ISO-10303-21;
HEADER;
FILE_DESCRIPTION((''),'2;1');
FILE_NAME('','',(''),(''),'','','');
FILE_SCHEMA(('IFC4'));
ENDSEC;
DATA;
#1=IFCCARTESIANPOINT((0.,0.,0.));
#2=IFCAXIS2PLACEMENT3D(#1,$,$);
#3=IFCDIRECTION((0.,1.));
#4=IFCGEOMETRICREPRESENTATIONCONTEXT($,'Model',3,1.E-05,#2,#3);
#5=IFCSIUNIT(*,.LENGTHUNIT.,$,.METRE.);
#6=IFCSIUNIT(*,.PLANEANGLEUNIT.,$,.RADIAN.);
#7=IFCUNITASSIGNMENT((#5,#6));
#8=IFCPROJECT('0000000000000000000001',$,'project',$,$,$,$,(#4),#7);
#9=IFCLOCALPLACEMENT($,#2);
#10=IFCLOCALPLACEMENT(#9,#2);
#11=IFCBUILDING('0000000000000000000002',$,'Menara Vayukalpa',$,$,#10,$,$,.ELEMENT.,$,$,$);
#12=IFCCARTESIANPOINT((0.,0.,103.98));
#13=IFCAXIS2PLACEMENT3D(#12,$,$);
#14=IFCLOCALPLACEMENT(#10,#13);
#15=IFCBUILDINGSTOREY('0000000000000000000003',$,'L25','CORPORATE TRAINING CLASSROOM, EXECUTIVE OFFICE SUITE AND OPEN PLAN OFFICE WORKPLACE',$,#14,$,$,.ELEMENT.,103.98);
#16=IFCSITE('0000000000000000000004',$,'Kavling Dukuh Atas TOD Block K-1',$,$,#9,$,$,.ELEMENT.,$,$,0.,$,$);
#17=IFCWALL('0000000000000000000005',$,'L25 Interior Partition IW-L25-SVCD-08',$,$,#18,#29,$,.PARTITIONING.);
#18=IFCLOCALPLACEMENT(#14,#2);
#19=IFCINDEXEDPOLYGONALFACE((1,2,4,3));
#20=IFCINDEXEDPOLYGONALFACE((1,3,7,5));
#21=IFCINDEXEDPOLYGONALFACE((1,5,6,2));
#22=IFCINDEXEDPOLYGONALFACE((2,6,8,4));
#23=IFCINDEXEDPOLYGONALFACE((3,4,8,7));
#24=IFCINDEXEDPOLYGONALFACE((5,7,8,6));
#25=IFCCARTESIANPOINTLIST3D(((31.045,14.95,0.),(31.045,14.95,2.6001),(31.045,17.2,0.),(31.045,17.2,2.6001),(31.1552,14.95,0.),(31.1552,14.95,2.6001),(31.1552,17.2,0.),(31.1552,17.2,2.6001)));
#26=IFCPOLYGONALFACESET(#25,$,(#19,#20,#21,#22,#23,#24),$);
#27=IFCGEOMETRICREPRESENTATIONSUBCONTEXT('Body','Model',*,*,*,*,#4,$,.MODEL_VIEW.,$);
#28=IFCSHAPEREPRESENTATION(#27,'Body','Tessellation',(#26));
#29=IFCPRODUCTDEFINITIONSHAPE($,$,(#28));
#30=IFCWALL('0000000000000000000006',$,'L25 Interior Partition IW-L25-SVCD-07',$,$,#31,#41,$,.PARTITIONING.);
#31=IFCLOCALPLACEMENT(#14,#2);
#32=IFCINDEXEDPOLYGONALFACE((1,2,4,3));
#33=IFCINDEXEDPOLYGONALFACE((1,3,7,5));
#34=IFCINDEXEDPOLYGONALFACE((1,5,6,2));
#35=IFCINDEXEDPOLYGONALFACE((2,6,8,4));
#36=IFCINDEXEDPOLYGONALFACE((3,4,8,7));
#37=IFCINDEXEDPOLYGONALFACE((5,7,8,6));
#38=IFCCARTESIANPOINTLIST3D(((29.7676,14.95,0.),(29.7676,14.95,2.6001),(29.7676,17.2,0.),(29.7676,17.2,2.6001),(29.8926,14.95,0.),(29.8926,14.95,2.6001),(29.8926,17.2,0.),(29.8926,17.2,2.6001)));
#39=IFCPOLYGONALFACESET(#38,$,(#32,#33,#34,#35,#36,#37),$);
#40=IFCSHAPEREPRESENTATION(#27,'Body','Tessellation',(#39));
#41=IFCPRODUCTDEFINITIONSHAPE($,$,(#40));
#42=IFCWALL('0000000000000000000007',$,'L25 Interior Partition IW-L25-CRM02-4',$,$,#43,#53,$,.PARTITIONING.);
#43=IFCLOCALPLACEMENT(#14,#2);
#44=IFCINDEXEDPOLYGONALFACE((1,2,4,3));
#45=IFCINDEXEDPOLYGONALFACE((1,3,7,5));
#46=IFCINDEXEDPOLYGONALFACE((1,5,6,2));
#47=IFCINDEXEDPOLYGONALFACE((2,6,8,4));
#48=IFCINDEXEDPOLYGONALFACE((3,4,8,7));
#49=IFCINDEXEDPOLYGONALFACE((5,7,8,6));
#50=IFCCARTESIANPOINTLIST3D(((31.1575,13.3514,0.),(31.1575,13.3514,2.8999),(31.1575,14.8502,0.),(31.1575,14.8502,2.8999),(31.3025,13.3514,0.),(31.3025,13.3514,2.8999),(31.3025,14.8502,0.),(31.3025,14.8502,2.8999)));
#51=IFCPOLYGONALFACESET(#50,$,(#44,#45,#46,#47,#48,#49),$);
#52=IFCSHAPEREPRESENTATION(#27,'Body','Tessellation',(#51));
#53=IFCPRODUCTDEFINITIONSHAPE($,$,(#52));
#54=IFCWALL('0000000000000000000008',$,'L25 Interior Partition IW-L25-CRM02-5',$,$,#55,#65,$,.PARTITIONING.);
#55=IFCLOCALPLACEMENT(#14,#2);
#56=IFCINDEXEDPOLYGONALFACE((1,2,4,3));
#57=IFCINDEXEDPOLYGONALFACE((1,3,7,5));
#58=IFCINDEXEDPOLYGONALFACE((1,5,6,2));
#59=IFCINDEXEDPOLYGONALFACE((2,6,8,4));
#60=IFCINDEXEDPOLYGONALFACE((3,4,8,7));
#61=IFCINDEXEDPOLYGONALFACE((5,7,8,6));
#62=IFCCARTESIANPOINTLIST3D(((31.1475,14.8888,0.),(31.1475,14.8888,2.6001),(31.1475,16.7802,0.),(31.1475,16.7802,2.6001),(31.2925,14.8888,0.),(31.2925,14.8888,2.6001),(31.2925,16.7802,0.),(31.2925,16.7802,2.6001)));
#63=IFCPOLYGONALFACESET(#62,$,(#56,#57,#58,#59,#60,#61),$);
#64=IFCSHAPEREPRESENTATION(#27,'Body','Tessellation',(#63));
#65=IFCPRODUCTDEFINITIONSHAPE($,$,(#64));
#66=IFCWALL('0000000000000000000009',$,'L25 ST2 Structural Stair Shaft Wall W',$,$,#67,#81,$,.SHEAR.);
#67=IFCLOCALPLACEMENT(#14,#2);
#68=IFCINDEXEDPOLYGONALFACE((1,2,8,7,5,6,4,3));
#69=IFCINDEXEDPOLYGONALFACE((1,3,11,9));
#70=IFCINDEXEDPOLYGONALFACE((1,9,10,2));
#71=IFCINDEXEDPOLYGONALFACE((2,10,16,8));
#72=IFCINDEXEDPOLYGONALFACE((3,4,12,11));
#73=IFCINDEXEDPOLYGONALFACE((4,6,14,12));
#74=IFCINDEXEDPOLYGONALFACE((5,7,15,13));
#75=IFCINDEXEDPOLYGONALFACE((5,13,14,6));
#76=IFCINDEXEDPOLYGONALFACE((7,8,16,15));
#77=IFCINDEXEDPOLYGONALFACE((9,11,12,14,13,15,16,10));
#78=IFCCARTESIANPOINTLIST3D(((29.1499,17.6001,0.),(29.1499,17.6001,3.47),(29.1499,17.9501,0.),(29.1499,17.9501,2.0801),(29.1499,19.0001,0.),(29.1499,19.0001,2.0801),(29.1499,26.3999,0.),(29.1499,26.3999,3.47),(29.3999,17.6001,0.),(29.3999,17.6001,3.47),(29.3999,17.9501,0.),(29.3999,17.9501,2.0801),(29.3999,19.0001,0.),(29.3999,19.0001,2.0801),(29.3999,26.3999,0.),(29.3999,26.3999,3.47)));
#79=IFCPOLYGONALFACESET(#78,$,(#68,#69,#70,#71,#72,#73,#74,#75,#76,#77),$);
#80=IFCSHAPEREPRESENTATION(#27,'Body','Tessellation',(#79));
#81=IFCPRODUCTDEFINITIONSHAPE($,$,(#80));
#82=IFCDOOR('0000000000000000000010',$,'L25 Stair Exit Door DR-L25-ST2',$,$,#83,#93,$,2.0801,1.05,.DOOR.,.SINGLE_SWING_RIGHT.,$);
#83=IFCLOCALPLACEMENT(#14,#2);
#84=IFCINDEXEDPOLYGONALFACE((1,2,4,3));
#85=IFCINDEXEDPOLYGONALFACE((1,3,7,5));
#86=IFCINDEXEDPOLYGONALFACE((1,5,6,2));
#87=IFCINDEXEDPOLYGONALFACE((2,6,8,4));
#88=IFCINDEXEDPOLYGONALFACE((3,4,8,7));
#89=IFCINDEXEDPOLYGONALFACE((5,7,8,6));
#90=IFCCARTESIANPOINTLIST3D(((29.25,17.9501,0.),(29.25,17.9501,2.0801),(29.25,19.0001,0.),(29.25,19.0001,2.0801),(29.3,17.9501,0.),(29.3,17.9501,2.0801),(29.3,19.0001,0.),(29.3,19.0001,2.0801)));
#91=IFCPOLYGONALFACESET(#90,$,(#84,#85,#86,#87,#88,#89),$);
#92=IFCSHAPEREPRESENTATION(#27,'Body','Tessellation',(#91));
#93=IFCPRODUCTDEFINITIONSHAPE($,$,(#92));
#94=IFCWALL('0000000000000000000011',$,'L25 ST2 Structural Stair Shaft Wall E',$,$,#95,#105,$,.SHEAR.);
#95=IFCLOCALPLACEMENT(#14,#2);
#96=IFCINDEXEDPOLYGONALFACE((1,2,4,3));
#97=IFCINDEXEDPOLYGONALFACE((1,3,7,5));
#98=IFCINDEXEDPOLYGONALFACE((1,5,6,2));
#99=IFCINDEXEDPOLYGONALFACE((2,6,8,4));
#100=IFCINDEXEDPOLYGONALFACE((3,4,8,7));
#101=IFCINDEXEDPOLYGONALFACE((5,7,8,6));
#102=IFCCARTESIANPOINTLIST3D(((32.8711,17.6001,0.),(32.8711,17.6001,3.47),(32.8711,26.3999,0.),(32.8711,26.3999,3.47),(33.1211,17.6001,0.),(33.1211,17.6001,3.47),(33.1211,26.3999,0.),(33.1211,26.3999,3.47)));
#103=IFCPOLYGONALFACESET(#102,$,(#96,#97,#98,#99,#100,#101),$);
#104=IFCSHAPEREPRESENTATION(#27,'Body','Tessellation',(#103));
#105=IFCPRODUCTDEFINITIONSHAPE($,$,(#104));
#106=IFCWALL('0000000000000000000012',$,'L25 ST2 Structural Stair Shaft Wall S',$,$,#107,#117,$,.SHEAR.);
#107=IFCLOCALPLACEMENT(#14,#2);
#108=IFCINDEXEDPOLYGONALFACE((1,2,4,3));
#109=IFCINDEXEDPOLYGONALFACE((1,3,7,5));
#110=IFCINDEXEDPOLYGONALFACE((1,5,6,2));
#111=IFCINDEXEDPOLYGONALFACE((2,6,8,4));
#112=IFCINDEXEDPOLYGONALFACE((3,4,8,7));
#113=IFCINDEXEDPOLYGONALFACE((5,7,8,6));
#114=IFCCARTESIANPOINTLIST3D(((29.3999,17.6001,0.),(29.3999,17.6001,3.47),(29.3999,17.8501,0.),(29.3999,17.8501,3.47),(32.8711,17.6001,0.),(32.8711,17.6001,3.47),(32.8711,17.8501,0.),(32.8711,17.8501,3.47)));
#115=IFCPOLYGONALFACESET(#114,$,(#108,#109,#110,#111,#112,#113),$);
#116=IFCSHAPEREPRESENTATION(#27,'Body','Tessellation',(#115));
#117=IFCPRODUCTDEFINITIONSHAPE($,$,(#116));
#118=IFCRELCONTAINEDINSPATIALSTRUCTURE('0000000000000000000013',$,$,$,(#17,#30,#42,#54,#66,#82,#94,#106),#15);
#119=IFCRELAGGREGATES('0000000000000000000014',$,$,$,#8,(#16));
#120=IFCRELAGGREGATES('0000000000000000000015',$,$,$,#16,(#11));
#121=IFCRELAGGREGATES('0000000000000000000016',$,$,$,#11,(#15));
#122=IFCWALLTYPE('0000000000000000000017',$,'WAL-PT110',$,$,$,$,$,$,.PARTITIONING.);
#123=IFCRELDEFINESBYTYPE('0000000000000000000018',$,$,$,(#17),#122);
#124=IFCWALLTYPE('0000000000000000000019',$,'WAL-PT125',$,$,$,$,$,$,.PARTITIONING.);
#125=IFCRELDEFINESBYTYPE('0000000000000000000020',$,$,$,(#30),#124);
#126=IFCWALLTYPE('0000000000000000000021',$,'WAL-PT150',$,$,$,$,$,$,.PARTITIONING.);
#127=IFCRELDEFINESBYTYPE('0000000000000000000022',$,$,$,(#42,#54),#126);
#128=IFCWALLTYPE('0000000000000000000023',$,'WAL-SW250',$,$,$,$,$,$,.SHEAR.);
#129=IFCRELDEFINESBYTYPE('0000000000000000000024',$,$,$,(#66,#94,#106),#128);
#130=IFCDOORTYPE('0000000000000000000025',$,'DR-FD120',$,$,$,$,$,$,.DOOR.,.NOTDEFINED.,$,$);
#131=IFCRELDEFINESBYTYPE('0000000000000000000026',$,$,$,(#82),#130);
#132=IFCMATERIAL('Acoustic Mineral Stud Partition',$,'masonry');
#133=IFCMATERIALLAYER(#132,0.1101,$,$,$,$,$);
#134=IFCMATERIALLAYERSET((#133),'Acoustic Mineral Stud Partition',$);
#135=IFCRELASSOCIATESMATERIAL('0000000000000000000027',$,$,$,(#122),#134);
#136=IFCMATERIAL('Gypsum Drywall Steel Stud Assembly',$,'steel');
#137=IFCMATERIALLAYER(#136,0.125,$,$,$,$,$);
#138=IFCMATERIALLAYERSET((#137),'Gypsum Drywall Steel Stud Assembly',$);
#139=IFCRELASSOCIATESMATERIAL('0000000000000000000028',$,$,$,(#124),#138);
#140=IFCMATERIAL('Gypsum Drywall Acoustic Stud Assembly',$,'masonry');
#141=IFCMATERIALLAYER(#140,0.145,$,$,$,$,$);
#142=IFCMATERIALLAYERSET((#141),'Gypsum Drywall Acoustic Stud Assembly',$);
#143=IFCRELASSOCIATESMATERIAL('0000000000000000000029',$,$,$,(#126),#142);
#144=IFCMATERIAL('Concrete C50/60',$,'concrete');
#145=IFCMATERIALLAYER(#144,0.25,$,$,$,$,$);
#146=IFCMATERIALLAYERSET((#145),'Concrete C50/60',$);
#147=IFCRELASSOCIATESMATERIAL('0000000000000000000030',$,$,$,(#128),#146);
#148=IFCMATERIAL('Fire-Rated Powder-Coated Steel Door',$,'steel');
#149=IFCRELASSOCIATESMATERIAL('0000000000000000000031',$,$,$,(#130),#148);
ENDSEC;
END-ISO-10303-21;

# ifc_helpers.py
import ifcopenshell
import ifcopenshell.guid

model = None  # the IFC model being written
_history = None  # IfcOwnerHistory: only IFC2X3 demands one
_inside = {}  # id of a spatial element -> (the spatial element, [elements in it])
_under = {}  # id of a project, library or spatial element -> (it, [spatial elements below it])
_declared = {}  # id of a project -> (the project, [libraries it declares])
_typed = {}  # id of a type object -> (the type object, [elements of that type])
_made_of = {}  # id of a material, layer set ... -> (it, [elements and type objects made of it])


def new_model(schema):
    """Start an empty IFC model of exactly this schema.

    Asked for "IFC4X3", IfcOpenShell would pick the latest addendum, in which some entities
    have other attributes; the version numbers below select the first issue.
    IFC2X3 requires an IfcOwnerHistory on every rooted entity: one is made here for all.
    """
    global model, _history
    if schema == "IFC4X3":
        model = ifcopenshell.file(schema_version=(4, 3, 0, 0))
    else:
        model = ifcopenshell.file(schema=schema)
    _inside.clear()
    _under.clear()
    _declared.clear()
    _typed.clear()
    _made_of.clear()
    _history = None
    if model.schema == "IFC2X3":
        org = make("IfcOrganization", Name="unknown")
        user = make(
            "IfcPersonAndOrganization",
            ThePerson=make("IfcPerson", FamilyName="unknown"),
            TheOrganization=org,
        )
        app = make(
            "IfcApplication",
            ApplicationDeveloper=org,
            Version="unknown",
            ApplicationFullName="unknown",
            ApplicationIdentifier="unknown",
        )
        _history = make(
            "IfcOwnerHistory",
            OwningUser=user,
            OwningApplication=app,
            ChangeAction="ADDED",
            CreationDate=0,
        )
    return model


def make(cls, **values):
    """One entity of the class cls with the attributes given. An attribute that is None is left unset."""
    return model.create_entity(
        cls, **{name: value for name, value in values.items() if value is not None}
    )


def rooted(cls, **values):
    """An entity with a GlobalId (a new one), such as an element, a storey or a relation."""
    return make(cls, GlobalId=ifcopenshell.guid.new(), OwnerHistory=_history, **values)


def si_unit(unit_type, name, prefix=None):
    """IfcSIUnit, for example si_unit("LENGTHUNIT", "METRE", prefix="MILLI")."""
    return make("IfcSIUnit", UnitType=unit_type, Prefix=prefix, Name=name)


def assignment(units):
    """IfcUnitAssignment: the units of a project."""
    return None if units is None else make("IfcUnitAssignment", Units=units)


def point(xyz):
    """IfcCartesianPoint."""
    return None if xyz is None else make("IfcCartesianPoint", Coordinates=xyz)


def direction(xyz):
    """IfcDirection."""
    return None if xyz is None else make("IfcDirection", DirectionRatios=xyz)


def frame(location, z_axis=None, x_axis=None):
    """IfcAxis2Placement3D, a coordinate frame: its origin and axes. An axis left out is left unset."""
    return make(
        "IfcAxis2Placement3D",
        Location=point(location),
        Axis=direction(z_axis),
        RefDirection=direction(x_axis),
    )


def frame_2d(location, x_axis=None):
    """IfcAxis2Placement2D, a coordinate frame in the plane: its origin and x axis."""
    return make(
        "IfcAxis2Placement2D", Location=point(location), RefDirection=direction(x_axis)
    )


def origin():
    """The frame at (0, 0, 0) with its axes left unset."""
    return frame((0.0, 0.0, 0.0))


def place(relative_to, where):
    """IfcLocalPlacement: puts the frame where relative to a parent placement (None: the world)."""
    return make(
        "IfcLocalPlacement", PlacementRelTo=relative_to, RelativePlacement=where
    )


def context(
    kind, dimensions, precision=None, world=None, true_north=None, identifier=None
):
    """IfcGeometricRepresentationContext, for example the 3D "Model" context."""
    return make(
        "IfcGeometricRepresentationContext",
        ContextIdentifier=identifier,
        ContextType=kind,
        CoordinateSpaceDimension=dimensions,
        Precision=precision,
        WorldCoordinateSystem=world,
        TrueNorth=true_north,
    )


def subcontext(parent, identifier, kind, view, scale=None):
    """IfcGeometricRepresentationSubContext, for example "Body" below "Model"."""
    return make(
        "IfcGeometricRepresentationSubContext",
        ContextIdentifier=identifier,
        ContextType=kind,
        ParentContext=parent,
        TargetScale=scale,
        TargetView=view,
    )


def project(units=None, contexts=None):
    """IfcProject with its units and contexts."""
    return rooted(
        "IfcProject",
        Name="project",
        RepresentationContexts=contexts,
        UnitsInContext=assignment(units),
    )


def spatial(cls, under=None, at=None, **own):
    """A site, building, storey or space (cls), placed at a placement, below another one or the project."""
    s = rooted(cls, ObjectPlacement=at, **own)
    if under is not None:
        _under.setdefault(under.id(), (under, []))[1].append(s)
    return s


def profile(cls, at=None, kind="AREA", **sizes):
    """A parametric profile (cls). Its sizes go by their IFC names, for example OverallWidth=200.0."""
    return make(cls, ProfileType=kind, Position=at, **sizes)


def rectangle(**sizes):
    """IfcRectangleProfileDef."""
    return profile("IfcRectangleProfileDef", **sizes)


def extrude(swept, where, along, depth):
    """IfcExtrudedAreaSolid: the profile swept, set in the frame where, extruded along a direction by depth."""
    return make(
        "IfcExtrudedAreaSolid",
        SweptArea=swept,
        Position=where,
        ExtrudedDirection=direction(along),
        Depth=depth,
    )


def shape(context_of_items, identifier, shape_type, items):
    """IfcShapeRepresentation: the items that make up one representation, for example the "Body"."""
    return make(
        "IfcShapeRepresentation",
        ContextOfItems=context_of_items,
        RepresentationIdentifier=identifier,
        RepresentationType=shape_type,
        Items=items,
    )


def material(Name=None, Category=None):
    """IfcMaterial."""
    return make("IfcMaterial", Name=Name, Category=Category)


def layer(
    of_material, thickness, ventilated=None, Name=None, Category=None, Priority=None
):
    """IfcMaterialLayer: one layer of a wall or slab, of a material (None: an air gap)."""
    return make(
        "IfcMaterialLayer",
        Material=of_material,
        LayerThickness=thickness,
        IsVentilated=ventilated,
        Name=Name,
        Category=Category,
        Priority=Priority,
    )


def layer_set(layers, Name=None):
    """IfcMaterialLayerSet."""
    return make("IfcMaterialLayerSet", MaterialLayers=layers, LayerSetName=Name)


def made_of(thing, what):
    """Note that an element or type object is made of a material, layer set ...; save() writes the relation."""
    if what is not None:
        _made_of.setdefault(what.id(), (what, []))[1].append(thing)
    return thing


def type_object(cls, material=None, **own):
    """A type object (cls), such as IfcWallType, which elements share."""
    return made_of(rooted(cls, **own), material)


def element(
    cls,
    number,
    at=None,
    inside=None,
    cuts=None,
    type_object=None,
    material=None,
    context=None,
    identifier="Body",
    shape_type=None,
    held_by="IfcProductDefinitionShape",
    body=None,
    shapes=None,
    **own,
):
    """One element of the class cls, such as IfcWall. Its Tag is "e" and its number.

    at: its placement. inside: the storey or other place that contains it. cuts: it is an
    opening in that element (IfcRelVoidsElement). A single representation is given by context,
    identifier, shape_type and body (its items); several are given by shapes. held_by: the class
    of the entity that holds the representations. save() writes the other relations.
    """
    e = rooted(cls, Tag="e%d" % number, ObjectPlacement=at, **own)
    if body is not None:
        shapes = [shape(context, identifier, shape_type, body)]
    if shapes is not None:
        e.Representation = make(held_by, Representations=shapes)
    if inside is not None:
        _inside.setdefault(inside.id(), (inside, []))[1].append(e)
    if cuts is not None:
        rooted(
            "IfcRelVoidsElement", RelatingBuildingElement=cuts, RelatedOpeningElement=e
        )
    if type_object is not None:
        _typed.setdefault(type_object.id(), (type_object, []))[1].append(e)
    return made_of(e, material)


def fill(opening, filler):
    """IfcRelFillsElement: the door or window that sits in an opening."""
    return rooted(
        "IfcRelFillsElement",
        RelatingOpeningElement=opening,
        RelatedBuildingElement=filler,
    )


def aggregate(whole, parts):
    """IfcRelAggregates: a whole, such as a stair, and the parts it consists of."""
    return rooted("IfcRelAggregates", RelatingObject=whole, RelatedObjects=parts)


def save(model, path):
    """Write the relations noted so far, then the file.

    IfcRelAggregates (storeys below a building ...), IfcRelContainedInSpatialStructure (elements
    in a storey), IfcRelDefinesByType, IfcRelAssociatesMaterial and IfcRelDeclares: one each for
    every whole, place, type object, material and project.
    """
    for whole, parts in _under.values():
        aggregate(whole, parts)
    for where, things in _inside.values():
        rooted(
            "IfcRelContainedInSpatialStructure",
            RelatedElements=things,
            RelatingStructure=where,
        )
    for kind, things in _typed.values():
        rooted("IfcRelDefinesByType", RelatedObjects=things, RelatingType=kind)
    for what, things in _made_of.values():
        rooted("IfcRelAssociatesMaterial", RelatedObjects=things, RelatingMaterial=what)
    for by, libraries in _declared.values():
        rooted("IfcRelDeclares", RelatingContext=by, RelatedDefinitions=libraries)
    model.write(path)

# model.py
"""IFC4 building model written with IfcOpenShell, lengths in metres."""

from ifc_helpers import new_model, si_unit, direction, frame, frame_2d, origin, place, context, subcontext, project, spatial, rectangle, extrude, material, layer, layer_set, type_object, element, fill, save


model = new_model("IFC4")

# Units and contexts
model_context = context("Model", 3, precision=1e-05, world=origin(), true_north=direction((0.0, 1.0)))
body_context = subcontext(model_context, "Body", "Model", "MODEL_VIEW")
ifc_project = project(units=[si_unit("LENGTHUNIT", "METRE"), si_unit("PLANEANGLEUNIT", "RADIAN")], contexts=[model_context])

# Site, building, storey
site_placement = place(None, origin())
site = spatial("IfcSite", under=ifc_project, at=site_placement, Name="Kavling Dukuh Atas TOD Block K-1", CompositionType="ELEMENT", RefElevation=0.0)
building_placement = place(site_placement, origin())
building = spatial("IfcBuilding", under=site, at=building_placement, Name="Menara Vayukalpa", CompositionType="ELEMENT")
storey_placement = place(building_placement, frame((0.0, 0.0, 103.98)))
storey = spatial("IfcBuildingStorey", under=building, at=storey_placement, Name="L25", Description="CORPORATE TRAINING CLASSROOM, EXECUTIVE OFFICE SUITE AND OPEN PLAN OFFICE WORKPLACE", CompositionType="ELEMENT", Elevation=103.98)

# Walls
ifc_material_1 = material(Name="Acoustic Mineral Stud Partition", Category="masonry")
ifc_layer_1 = layer(ifc_material_1, 0.1101)
ifc_layer_set_1 = layer_set([ifc_layer_1], Name="Acoustic Mineral Stud Partition")
wall_type_1 = type_object("IfcWallType", Name="WAL-PT110", PredefinedType="PARTITIONING", material=ifc_layer_set_1)
wall_1_placement = place(storey_placement, frame((31.1001, 14.95, 0.0), z_axis=(0.0, 0.0, 1.0), x_axis=(0.0, 1.0, 0.0)))
element("IfcWall", 1, at=wall_1_placement, inside=storey, type_object=wall_type_1, Name="L25 Interior Partition IW-L25-SVCD-08", PredefinedType="PARTITIONING", context=body_context, shape_type="SweptSolid", body=[
    extrude(rectangle(XDim=2.25, YDim=0.1101, at=frame_2d((1.125, 0.0))), origin(), (0.0, 0.0, 1.0), 2.6001),
])
ifc_material_2 = material(Name="Gypsum Drywall Steel Stud Assembly", Category="steel")
ifc_layer_2 = layer(ifc_material_2, 0.125)
ifc_layer_set_2 = layer_set([ifc_layer_2], Name="Gypsum Drywall Steel Stud Assembly")
wall_type_2 = type_object("IfcWallType", Name="WAL-PT125", PredefinedType="PARTITIONING", material=ifc_layer_set_2)
wall_2_placement = place(storey_placement, frame((29.8301, 14.95, 0.0), z_axis=(0.0, 0.0, 1.0), x_axis=(0.0, 1.0, 0.0)))
element("IfcWall", 2, at=wall_2_placement, inside=storey, type_object=wall_type_2, Name="L25 Interior Partition IW-L25-SVCD-07", PredefinedType="PARTITIONING", context=body_context, shape_type="SweptSolid", body=[
    extrude(rectangle(XDim=2.25, YDim=0.125, at=frame_2d((1.125, 0.0))), origin(), (0.0, 0.0, 1.0), 2.6001),
])
ifc_material_3 = material(Name="Gypsum Drywall Acoustic Stud Assembly", Category="masonry")
ifc_layer_3 = layer(ifc_material_3, 0.145)
ifc_layer_set_3 = layer_set([ifc_layer_3], Name="Gypsum Drywall Acoustic Stud Assembly")
wall_type_3 = type_object("IfcWallType", Name="WAL-PT150", PredefinedType="PARTITIONING", material=ifc_layer_set_3)
wall_3_placement = place(storey_placement, frame((31.23, 13.3513, 0.0), z_axis=(0.0, 0.0, 1.0), x_axis=(0.0, 1.0, 0.0)))
element("IfcWall", 3, at=wall_3_placement, inside=storey, type_object=wall_type_3, Name="L25 Interior Partition IW-L25-CRM02-4", PredefinedType="PARTITIONING", context=body_context, shape_type="SweptSolid", body=[
    extrude(rectangle(XDim=1.4988, YDim=0.145, at=frame_2d((0.7495, 0.0))), origin(), (0.0, 0.0, 1.0), 2.8999),
])
wall_4_placement = place(storey_placement, frame((31.22, 14.8887, 0.0), z_axis=(0.0, 0.0, 1.0), x_axis=(0.0, 1.0, 0.0)))
element("IfcWall", 4, at=wall_4_placement, inside=storey, type_object=wall_type_3, Name="L25 Interior Partition IW-L25-CRM02-5", PredefinedType="PARTITIONING", context=body_context, shape_type="SweptSolid", body=[
    extrude(rectangle(XDim=1.8914, YDim=0.145, at=frame_2d((0.9458, 0.0))), origin(), (0.0, 0.0, 1.0), 2.6001),
])

# Wall, opening, door
ifc_material_4 = material(Name="Concrete C50/60", Category="concrete")
ifc_layer_4 = layer(ifc_material_4, 0.25)
ifc_layer_set_4 = layer_set([ifc_layer_4], Name="Concrete C50/60")
wall_type_4 = type_object("IfcWallType", Name="WAL-SW250", PredefinedType="SHEAR", material=ifc_layer_set_4)
wall_5_placement = place(storey_placement, frame((29.2749, 17.6001, 0.0), z_axis=(0.0, 0.0, 1.0), x_axis=(0.0, 1.0, 0.0)))
wall_5 = element("IfcWall", 5, at=wall_5_placement, inside=storey, type_object=wall_type_4, Name="L25 ST2 Structural Stair Shaft Wall W", PredefinedType="SHEAR", context=body_context, shape_type="SweptSolid", body=[
    extrude(rectangle(XDim=8.7998, YDim=0.25, at=frame_2d((4.3999, 0.0))), origin(), (0.0, 0.0, 1.0), 3.47),
])
opening_placement = place(wall_5_placement, frame((0.3501, 0.0, 0.0)))
opening = element("IfcOpeningElement", 6, at=opening_placement, cuts=wall_5, PredefinedType="OPENING", context=body_context, shape_type="SweptSolid", body=[
    extrude(rectangle(XDim=1.05, YDim=2.0801, at=frame_2d((0.5249, 1.04))), frame((0.0, 0.135, 0.0), z_axis=(0.0, -1.0, 0.0), x_axis=(1.0, 0.0, 0.0)), (0.0, 0.0, 1.0), 0.27),
])
ifc_material_5 = material(Name="Fire-Rated Powder-Coated Steel Door", Category="steel")
door_type = type_object("IfcDoorType", Name="DR-FD120", OperationType="NOTDEFINED", PredefinedType="DOOR", material=ifc_material_5)
door_placement = place(opening_placement, origin())
door = element("IfcDoor", 7, at=door_placement, inside=storey, type_object=door_type, Name="L25 Stair Exit Door DR-L25-ST2", OperationType="SINGLE_SWING_RIGHT", OverallHeight=2.0801, OverallWidth=1.05, PredefinedType="DOOR", context=body_context, shape_type="SweptSolid", body=[
    extrude(rectangle(XDim=1.05, YDim=2.0801, at=frame_2d((0.5249, 1.04))), frame((0.0, 0.0249, 0.0), z_axis=(0.0, -1.0, 0.0), x_axis=(1.0, 0.0, 0.0)), (0.0, 0.0, 1.0), 0.05),
])
fill(opening, door)

# Walls
wall_6_placement = place(storey_placement, frame((32.9961, 17.6001, 0.0), z_axis=(0.0, 0.0, 1.0), x_axis=(0.0, 1.0, 0.0)))
element("IfcWall", 8, at=wall_6_placement, inside=storey, type_object=wall_type_4, Name="L25 ST2 Structural Stair Shaft Wall E", PredefinedType="SHEAR", context=body_context, shape_type="SweptSolid", body=[
    extrude(rectangle(XDim=8.7998, YDim=0.25, at=frame_2d((4.3999, 0.0))), origin(), (0.0, 0.0, 1.0), 3.47),
])
wall_7_placement = place(storey_placement, frame((29.3999, 17.7251, 0.0), z_axis=(0.0, 0.0, 1.0), x_axis=(1.0, 0.0, 0.0)))
element("IfcWall", 9, at=wall_7_placement, inside=storey, type_object=wall_type_4, Name="L25 ST2 Structural Stair Shaft Wall S", PredefinedType="SHEAR", context=body_context, shape_type="SweptSolid", body=[
    extrude(rectangle(XDim=3.4712, YDim=0.25, at=frame_2d((1.7356, 0.0))), origin(), (0.0, 0.0, 1.0), 3.47),
])

save(model, "model.ifc")
